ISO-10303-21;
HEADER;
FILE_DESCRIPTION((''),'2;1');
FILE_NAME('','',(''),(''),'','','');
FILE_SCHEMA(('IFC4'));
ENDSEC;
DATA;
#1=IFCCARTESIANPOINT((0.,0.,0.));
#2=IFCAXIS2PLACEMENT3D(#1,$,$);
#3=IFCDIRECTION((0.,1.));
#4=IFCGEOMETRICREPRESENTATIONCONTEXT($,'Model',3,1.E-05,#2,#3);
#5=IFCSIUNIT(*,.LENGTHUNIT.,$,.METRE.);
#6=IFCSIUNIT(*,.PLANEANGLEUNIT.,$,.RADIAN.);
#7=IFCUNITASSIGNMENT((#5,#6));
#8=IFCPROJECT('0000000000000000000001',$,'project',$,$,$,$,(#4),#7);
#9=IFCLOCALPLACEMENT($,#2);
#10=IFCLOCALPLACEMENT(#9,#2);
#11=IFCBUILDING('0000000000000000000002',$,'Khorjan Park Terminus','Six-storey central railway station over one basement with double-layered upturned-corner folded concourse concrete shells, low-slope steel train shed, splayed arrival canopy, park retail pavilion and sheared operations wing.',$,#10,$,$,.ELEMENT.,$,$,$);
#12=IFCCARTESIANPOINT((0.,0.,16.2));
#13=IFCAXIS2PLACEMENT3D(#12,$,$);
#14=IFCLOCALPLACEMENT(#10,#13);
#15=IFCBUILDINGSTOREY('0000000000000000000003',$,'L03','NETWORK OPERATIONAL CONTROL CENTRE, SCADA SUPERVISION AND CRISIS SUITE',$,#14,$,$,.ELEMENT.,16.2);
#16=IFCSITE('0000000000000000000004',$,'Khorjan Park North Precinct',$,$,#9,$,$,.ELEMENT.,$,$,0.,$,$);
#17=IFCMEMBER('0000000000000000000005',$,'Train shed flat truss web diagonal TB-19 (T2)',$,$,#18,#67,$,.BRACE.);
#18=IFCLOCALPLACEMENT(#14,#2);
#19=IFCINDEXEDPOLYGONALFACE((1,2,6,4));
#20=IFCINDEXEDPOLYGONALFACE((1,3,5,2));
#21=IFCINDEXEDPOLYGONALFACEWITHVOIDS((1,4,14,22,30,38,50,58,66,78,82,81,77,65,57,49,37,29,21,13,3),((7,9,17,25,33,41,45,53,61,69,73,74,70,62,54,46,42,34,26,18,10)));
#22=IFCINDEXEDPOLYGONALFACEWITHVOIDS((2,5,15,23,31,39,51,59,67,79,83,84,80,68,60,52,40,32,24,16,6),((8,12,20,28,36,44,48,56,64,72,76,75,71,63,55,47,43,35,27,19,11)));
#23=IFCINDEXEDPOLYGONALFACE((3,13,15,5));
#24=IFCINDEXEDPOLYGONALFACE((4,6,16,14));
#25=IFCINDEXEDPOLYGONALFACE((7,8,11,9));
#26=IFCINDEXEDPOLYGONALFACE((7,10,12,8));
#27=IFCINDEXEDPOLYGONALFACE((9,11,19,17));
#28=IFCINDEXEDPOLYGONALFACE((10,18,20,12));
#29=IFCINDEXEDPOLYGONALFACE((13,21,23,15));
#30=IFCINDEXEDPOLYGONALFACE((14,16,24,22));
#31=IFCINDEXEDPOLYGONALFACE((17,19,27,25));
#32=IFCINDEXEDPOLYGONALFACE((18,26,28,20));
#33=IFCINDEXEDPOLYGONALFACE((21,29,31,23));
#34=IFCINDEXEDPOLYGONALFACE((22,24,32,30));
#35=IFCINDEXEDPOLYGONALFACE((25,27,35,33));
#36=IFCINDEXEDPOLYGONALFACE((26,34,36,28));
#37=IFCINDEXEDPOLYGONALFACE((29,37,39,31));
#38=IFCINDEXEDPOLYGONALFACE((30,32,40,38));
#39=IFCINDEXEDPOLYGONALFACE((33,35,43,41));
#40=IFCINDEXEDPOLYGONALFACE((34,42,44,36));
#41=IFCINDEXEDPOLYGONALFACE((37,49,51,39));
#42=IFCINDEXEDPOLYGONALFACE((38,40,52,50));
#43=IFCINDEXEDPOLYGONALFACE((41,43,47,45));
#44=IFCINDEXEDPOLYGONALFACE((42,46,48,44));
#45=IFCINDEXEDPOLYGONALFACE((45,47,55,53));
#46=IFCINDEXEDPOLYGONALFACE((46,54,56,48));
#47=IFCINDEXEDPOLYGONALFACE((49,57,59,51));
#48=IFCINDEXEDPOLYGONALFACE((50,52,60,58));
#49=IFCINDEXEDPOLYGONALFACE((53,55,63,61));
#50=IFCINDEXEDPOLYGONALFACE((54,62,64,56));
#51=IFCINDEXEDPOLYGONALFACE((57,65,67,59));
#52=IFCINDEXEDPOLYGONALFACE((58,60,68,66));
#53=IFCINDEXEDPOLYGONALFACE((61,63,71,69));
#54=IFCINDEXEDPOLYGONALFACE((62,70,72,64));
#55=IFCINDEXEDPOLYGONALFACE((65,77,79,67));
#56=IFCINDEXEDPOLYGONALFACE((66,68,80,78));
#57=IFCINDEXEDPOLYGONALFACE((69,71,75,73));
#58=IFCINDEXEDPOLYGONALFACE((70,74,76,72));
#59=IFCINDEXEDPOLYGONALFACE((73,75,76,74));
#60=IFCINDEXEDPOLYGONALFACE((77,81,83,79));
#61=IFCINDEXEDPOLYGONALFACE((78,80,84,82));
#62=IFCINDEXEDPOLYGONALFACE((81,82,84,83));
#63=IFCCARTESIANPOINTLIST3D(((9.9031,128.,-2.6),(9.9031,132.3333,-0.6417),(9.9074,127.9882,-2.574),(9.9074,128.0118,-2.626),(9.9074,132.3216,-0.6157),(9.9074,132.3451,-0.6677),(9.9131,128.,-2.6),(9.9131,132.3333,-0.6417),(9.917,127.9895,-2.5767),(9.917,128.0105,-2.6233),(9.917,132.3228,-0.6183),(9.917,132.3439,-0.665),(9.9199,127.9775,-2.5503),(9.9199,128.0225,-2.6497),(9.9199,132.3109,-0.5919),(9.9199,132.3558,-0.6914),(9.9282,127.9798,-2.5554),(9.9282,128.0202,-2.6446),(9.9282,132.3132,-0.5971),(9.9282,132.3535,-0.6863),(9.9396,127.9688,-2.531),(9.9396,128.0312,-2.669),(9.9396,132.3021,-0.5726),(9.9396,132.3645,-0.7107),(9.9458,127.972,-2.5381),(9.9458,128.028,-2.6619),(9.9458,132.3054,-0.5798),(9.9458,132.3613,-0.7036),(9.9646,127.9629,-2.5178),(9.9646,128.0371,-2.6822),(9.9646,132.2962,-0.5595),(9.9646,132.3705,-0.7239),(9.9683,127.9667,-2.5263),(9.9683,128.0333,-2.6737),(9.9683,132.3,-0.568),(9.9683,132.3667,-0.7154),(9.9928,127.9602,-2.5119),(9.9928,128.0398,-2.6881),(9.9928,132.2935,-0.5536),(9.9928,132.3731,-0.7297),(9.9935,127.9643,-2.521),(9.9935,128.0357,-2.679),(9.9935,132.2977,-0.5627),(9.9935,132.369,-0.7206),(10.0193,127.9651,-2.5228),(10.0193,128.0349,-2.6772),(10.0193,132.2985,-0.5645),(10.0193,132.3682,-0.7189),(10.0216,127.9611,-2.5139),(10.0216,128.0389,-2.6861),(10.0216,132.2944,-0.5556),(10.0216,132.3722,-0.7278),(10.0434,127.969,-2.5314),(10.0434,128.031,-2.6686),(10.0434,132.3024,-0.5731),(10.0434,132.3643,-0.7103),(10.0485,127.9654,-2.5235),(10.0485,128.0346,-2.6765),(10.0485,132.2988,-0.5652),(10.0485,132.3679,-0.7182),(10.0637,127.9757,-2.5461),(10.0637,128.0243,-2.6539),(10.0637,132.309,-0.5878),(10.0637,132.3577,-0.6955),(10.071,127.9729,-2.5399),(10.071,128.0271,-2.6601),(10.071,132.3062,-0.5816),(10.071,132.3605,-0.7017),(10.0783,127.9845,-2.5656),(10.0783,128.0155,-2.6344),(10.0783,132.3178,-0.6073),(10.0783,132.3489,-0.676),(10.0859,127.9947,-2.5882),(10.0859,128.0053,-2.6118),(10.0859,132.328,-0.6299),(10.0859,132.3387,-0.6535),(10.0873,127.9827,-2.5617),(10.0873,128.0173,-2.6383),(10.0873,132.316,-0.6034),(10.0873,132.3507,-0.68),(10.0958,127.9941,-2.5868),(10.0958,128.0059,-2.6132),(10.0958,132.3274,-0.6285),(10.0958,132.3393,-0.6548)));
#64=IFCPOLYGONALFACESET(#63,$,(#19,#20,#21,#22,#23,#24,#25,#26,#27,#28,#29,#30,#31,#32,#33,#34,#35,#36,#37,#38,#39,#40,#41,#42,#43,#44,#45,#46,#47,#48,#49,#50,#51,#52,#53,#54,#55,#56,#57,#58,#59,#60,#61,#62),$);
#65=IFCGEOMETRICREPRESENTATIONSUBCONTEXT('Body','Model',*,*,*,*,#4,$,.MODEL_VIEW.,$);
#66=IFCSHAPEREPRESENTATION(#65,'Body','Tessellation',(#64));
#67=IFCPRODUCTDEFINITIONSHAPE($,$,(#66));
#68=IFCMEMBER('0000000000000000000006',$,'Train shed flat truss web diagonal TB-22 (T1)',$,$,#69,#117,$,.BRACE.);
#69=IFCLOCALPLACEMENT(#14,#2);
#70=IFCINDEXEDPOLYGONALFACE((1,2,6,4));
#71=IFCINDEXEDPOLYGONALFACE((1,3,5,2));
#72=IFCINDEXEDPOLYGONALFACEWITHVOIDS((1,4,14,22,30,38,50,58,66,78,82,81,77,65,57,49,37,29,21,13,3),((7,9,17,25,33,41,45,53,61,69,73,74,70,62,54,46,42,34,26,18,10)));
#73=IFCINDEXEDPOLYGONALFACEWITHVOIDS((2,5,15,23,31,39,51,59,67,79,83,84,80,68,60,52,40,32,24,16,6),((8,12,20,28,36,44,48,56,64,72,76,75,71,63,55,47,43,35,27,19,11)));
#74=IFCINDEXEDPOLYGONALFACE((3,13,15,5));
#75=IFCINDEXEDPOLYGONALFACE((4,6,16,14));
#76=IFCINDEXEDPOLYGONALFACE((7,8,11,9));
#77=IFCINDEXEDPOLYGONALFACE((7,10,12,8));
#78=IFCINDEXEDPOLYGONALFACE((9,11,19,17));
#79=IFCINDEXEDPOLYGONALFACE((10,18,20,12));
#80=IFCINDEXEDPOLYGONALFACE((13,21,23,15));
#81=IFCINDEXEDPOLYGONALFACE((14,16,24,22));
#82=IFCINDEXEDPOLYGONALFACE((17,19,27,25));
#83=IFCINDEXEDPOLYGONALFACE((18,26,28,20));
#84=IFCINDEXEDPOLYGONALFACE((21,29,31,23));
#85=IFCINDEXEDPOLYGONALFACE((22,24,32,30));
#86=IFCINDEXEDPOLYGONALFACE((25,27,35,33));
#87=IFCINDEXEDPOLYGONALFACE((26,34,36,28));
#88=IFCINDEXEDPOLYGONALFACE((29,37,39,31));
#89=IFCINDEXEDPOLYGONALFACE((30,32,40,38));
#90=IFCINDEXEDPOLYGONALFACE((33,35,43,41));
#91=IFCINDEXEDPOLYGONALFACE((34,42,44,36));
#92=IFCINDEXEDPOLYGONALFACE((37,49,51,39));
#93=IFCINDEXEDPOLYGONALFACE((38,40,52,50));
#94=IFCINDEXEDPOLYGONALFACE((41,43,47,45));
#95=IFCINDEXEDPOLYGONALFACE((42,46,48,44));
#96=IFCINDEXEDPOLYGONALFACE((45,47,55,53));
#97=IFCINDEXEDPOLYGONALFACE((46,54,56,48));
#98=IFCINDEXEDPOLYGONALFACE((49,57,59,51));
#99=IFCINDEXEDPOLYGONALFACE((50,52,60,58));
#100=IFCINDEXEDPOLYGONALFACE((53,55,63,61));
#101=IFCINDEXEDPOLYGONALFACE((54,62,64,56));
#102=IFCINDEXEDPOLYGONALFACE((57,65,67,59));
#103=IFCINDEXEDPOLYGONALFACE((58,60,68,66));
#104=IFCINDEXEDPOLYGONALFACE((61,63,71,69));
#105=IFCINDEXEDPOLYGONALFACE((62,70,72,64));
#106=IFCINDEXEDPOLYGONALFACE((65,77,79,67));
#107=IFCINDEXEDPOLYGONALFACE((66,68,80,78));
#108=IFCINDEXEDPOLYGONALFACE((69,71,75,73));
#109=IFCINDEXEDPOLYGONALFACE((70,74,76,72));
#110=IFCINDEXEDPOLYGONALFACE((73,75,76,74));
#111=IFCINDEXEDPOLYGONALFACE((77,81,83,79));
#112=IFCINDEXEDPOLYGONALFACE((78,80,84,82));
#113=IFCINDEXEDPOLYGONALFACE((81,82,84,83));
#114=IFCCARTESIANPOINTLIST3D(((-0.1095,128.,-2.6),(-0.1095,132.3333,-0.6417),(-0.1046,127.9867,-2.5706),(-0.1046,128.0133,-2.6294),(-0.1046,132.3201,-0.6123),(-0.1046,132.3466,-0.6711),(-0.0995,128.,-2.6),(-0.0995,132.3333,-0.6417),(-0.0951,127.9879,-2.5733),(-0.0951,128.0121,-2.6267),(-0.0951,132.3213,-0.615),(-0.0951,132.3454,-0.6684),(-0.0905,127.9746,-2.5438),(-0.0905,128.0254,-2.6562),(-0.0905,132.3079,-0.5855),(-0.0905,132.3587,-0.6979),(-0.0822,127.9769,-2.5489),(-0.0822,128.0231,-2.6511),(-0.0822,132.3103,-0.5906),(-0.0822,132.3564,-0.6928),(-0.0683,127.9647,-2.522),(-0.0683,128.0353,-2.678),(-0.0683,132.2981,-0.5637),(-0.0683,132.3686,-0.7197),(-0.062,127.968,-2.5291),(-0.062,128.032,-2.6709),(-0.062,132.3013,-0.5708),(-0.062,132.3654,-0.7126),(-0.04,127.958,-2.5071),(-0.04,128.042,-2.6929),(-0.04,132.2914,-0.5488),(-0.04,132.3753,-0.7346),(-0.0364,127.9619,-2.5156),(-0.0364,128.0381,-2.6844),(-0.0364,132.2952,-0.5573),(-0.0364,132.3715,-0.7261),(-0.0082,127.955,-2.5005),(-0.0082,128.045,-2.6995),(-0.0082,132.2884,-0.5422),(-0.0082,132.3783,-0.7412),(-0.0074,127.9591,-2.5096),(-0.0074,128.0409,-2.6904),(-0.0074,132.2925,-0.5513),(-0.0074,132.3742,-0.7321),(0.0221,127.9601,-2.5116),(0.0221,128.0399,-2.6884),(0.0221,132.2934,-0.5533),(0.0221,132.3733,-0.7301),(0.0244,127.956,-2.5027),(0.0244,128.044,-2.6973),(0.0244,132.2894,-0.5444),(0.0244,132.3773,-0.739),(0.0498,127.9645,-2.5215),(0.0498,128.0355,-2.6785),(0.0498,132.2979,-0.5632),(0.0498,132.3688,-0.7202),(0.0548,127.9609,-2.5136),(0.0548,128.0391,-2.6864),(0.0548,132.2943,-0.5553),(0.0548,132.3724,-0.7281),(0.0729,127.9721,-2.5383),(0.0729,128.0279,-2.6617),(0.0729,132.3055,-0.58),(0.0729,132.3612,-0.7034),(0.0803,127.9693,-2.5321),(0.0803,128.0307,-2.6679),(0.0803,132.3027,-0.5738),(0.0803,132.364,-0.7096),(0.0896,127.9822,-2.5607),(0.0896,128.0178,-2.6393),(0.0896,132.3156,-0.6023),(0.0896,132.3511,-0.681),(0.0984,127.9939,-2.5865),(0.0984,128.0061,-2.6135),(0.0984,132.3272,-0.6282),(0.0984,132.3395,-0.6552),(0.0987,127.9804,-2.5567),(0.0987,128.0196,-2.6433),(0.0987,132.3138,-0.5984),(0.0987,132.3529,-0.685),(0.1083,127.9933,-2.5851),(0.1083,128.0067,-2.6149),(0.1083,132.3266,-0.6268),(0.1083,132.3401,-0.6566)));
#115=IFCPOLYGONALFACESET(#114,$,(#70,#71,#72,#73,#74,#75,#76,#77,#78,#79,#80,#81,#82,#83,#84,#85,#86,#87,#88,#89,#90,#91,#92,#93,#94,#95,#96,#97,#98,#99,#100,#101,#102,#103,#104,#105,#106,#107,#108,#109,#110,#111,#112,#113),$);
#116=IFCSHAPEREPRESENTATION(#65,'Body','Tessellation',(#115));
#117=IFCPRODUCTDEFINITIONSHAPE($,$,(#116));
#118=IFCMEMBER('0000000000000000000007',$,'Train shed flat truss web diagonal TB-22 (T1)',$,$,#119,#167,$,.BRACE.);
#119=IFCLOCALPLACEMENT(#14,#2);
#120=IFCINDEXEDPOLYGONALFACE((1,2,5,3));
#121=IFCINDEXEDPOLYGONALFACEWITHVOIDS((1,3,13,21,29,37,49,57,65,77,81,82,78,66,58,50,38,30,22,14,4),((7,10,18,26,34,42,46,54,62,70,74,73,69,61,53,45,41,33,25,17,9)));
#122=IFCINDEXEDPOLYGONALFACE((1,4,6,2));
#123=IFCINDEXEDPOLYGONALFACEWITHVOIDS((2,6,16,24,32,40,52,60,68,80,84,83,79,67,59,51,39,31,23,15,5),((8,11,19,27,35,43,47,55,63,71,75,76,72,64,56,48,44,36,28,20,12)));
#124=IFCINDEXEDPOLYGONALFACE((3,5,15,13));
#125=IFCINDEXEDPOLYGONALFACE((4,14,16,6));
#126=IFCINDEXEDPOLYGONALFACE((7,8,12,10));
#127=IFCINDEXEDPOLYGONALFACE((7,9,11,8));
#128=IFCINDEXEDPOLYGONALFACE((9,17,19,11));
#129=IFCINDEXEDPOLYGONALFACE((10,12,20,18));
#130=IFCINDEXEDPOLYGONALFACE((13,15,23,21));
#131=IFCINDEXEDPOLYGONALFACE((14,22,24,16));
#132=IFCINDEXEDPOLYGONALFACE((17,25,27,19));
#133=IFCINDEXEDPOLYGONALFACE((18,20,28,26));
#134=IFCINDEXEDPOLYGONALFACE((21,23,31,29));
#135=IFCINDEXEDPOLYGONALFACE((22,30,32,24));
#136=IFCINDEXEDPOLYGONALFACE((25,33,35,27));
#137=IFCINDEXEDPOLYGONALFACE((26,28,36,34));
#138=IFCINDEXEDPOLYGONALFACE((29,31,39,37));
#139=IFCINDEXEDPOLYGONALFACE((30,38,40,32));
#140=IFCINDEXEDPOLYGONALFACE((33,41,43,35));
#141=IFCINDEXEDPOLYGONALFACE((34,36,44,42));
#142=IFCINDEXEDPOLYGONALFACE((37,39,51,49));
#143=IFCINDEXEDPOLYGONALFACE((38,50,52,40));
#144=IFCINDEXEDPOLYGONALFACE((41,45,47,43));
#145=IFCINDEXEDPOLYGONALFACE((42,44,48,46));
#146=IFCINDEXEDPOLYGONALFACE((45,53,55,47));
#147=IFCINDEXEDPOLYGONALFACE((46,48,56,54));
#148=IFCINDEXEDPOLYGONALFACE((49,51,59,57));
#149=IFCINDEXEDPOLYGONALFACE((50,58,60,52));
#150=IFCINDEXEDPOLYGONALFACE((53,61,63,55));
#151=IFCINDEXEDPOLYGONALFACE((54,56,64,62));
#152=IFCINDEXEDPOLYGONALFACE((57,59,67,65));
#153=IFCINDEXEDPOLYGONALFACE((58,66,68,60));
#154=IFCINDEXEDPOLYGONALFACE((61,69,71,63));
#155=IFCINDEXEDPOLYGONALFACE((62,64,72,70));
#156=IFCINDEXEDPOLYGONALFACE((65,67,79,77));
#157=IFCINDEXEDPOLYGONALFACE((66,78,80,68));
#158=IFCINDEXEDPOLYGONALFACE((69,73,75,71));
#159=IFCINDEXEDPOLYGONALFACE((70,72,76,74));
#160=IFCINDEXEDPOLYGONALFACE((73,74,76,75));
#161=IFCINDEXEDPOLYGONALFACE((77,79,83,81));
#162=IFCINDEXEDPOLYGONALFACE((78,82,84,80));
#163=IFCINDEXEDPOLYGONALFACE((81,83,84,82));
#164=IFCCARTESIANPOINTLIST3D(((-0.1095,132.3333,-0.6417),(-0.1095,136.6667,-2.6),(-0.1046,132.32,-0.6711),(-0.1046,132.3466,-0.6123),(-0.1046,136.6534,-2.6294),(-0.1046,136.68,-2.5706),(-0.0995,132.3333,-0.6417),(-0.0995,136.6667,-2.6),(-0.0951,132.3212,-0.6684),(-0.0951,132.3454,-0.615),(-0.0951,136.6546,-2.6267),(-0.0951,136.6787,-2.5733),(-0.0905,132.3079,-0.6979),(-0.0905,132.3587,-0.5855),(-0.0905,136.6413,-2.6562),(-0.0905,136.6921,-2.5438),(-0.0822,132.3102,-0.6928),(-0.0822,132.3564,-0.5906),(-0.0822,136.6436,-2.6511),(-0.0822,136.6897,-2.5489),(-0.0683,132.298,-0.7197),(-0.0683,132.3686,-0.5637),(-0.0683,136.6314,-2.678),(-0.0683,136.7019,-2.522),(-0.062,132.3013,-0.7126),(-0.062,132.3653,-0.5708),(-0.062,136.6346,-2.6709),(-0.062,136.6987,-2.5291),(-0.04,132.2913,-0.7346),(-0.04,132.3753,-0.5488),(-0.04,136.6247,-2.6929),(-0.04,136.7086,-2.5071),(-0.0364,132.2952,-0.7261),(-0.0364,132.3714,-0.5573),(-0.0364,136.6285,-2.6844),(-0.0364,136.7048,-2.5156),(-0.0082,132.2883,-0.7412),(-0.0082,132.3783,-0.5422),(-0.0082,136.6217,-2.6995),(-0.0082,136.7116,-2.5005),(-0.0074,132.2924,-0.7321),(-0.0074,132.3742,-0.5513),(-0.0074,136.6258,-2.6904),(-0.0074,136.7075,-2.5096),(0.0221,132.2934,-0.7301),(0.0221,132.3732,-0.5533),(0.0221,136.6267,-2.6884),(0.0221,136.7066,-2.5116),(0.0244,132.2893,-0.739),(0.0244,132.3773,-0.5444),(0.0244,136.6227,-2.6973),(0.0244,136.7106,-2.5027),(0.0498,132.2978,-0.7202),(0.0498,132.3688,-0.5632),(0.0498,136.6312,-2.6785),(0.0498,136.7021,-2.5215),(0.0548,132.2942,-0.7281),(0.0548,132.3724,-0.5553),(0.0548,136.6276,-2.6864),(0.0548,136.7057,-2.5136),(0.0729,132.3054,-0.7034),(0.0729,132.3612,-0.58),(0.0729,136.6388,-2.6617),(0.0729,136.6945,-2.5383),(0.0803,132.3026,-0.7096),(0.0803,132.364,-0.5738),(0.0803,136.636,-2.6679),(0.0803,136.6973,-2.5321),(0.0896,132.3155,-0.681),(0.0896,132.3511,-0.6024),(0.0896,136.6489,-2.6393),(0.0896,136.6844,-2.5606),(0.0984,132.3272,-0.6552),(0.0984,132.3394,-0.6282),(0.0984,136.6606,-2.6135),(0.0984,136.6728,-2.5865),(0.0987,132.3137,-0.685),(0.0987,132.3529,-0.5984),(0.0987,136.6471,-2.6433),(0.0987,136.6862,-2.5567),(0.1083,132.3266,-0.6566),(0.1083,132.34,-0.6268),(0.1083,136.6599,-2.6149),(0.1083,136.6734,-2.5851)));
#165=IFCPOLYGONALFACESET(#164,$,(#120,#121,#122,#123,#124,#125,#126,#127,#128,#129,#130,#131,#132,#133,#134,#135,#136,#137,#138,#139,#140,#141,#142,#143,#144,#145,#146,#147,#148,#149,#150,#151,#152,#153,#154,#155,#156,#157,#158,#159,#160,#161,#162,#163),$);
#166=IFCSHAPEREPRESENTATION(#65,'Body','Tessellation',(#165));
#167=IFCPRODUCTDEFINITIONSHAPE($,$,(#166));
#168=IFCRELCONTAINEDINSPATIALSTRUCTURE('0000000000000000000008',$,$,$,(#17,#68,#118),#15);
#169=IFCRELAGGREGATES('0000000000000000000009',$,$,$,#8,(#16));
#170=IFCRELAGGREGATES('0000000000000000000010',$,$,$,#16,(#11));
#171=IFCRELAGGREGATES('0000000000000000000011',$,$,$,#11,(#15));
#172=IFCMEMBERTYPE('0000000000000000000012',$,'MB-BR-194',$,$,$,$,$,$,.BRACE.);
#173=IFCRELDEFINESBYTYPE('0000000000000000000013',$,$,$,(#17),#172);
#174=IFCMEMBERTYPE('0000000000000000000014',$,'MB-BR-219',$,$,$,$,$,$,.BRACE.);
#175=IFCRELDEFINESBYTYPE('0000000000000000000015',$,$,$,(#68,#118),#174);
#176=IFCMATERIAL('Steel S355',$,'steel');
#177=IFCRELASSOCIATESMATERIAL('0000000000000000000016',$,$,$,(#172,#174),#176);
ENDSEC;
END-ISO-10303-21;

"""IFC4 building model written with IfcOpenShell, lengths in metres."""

from ifc_helpers import new_model, si_unit, direction, frame, origin, origin_2d, place, context, subcontext, project, spatial, hollow_circle, extrude, material, material_profile, profile_set, type_object, element, save


model = new_model("IFC4")

# Units and contexts
model_context = context("Model", 3, precision=1e-05, world=origin(), true_north=direction((0.0, 1.0)))
body_context = subcontext(model_context, "Body", "Model", "MODEL_VIEW")
ifc_project = project(units=[si_unit("LENGTHUNIT", "METRE"), si_unit("PLANEANGLEUNIT", "RADIAN")], contexts=[model_context])

# Site, building, storey
site_placement = place(None, origin())
site = spatial("IfcSite", under=ifc_project, at=site_placement, Name="Khorjan Park North Precinct", CompositionType="ELEMENT", RefElevation=0.0)
building_placement = place(site_placement, origin())
building = spatial("IfcBuilding", under=site, at=building_placement, Name="Khorjan Park Terminus", Description="Six-storey central railway station over one basement with double-layered upturned-corner folded concourse concrete shells, low-slope steel train shed, splayed arrival canopy, park retail pavilion and sheared operations wing.", CompositionType="ELEMENT")
storey_placement = place(building_placement, frame((0.0, 0.0, 16.2)))
storey = spatial("IfcBuildingStorey", under=building, at=storey_placement, Name="L03", Description="NETWORK OPERATIONAL CONTROL CENTRE, SCADA SUPERVISION AND CRISIS SUITE", CompositionType="ELEMENT", Elevation=16.2)

# Members
ifc_material_1 = material(Name="Steel S355", Category="steel")
ifc_material_profile_1 = material_profile(ifc_material_1, hollow_circle(Radius=0.0969, WallThickness=0.01, at=origin_2d()), Name="CHS 193.7x10")
ifc_profile_set_1 = profile_set([ifc_material_profile_1], Name="Steel S355")
member_type_1 = type_object("IfcMemberType", Name="MB-BR-194", PredefinedType="BRACE", material=ifc_profile_set_1)
member_1_placement = place(storey_placement, frame((10.0, 128.0, -2.6), z_axis=(0.0, 0.911266, 0.411818), x_axis=(-1.0, 0.0, 0.0)))
element("IfcMember", 1, at=member_1_placement, inside=storey, type_object=member_type_1, Name="Train shed flat truss web diagonal TB-19 (T2)", PredefinedType="BRACE", context=body_context, shape_type="SweptSolid", body=[
    extrude(hollow_circle(Radius=0.0969, WallThickness=0.01, at=origin_2d()), origin(), (0.0, 0.0, 1.0), 4.7553),
])
ifc_material_profile_2 = material_profile(ifc_material_1, hollow_circle(Radius=0.1095, WallThickness=0.01, at=origin_2d()), Name="CHS 219.1x10")
ifc_profile_set_2 = profile_set([ifc_material_profile_2], Name="Steel S355")
member_type_2 = type_object("IfcMemberType", Name="MB-BR-219", PredefinedType="BRACE", material=ifc_profile_set_2)
for number, where, z_axis, x_axis, name in (
    (2, (0.0, 128.0, -2.6), (0.0, 0.911266, 0.411818), (-1.0, 0.0, 0.0), "Train shed flat truss web diagonal TB-22 (T1)"),
    (3, (0.0, 132.3333, -0.6417), (0.0, 0.91127, -0.41181), (-1.0, 0.0, 0.0), "Train shed flat truss web diagonal TB-22 (T1)"),
):
    element("IfcMember", number, at=place(storey_placement, frame(where, z_axis=z_axis, x_axis=x_axis)), inside=storey, type_object=member_type_2, Name=name, PredefinedType="BRACE", context=body_context, shape_type="SweptSolid", body=[
        extrude(hollow_circle(Radius=0.1095, WallThickness=0.01, at=origin_2d()), origin(), (0.0, 0.0, 1.0), 4.7553),
    ])

save(model, "model.ifc")
